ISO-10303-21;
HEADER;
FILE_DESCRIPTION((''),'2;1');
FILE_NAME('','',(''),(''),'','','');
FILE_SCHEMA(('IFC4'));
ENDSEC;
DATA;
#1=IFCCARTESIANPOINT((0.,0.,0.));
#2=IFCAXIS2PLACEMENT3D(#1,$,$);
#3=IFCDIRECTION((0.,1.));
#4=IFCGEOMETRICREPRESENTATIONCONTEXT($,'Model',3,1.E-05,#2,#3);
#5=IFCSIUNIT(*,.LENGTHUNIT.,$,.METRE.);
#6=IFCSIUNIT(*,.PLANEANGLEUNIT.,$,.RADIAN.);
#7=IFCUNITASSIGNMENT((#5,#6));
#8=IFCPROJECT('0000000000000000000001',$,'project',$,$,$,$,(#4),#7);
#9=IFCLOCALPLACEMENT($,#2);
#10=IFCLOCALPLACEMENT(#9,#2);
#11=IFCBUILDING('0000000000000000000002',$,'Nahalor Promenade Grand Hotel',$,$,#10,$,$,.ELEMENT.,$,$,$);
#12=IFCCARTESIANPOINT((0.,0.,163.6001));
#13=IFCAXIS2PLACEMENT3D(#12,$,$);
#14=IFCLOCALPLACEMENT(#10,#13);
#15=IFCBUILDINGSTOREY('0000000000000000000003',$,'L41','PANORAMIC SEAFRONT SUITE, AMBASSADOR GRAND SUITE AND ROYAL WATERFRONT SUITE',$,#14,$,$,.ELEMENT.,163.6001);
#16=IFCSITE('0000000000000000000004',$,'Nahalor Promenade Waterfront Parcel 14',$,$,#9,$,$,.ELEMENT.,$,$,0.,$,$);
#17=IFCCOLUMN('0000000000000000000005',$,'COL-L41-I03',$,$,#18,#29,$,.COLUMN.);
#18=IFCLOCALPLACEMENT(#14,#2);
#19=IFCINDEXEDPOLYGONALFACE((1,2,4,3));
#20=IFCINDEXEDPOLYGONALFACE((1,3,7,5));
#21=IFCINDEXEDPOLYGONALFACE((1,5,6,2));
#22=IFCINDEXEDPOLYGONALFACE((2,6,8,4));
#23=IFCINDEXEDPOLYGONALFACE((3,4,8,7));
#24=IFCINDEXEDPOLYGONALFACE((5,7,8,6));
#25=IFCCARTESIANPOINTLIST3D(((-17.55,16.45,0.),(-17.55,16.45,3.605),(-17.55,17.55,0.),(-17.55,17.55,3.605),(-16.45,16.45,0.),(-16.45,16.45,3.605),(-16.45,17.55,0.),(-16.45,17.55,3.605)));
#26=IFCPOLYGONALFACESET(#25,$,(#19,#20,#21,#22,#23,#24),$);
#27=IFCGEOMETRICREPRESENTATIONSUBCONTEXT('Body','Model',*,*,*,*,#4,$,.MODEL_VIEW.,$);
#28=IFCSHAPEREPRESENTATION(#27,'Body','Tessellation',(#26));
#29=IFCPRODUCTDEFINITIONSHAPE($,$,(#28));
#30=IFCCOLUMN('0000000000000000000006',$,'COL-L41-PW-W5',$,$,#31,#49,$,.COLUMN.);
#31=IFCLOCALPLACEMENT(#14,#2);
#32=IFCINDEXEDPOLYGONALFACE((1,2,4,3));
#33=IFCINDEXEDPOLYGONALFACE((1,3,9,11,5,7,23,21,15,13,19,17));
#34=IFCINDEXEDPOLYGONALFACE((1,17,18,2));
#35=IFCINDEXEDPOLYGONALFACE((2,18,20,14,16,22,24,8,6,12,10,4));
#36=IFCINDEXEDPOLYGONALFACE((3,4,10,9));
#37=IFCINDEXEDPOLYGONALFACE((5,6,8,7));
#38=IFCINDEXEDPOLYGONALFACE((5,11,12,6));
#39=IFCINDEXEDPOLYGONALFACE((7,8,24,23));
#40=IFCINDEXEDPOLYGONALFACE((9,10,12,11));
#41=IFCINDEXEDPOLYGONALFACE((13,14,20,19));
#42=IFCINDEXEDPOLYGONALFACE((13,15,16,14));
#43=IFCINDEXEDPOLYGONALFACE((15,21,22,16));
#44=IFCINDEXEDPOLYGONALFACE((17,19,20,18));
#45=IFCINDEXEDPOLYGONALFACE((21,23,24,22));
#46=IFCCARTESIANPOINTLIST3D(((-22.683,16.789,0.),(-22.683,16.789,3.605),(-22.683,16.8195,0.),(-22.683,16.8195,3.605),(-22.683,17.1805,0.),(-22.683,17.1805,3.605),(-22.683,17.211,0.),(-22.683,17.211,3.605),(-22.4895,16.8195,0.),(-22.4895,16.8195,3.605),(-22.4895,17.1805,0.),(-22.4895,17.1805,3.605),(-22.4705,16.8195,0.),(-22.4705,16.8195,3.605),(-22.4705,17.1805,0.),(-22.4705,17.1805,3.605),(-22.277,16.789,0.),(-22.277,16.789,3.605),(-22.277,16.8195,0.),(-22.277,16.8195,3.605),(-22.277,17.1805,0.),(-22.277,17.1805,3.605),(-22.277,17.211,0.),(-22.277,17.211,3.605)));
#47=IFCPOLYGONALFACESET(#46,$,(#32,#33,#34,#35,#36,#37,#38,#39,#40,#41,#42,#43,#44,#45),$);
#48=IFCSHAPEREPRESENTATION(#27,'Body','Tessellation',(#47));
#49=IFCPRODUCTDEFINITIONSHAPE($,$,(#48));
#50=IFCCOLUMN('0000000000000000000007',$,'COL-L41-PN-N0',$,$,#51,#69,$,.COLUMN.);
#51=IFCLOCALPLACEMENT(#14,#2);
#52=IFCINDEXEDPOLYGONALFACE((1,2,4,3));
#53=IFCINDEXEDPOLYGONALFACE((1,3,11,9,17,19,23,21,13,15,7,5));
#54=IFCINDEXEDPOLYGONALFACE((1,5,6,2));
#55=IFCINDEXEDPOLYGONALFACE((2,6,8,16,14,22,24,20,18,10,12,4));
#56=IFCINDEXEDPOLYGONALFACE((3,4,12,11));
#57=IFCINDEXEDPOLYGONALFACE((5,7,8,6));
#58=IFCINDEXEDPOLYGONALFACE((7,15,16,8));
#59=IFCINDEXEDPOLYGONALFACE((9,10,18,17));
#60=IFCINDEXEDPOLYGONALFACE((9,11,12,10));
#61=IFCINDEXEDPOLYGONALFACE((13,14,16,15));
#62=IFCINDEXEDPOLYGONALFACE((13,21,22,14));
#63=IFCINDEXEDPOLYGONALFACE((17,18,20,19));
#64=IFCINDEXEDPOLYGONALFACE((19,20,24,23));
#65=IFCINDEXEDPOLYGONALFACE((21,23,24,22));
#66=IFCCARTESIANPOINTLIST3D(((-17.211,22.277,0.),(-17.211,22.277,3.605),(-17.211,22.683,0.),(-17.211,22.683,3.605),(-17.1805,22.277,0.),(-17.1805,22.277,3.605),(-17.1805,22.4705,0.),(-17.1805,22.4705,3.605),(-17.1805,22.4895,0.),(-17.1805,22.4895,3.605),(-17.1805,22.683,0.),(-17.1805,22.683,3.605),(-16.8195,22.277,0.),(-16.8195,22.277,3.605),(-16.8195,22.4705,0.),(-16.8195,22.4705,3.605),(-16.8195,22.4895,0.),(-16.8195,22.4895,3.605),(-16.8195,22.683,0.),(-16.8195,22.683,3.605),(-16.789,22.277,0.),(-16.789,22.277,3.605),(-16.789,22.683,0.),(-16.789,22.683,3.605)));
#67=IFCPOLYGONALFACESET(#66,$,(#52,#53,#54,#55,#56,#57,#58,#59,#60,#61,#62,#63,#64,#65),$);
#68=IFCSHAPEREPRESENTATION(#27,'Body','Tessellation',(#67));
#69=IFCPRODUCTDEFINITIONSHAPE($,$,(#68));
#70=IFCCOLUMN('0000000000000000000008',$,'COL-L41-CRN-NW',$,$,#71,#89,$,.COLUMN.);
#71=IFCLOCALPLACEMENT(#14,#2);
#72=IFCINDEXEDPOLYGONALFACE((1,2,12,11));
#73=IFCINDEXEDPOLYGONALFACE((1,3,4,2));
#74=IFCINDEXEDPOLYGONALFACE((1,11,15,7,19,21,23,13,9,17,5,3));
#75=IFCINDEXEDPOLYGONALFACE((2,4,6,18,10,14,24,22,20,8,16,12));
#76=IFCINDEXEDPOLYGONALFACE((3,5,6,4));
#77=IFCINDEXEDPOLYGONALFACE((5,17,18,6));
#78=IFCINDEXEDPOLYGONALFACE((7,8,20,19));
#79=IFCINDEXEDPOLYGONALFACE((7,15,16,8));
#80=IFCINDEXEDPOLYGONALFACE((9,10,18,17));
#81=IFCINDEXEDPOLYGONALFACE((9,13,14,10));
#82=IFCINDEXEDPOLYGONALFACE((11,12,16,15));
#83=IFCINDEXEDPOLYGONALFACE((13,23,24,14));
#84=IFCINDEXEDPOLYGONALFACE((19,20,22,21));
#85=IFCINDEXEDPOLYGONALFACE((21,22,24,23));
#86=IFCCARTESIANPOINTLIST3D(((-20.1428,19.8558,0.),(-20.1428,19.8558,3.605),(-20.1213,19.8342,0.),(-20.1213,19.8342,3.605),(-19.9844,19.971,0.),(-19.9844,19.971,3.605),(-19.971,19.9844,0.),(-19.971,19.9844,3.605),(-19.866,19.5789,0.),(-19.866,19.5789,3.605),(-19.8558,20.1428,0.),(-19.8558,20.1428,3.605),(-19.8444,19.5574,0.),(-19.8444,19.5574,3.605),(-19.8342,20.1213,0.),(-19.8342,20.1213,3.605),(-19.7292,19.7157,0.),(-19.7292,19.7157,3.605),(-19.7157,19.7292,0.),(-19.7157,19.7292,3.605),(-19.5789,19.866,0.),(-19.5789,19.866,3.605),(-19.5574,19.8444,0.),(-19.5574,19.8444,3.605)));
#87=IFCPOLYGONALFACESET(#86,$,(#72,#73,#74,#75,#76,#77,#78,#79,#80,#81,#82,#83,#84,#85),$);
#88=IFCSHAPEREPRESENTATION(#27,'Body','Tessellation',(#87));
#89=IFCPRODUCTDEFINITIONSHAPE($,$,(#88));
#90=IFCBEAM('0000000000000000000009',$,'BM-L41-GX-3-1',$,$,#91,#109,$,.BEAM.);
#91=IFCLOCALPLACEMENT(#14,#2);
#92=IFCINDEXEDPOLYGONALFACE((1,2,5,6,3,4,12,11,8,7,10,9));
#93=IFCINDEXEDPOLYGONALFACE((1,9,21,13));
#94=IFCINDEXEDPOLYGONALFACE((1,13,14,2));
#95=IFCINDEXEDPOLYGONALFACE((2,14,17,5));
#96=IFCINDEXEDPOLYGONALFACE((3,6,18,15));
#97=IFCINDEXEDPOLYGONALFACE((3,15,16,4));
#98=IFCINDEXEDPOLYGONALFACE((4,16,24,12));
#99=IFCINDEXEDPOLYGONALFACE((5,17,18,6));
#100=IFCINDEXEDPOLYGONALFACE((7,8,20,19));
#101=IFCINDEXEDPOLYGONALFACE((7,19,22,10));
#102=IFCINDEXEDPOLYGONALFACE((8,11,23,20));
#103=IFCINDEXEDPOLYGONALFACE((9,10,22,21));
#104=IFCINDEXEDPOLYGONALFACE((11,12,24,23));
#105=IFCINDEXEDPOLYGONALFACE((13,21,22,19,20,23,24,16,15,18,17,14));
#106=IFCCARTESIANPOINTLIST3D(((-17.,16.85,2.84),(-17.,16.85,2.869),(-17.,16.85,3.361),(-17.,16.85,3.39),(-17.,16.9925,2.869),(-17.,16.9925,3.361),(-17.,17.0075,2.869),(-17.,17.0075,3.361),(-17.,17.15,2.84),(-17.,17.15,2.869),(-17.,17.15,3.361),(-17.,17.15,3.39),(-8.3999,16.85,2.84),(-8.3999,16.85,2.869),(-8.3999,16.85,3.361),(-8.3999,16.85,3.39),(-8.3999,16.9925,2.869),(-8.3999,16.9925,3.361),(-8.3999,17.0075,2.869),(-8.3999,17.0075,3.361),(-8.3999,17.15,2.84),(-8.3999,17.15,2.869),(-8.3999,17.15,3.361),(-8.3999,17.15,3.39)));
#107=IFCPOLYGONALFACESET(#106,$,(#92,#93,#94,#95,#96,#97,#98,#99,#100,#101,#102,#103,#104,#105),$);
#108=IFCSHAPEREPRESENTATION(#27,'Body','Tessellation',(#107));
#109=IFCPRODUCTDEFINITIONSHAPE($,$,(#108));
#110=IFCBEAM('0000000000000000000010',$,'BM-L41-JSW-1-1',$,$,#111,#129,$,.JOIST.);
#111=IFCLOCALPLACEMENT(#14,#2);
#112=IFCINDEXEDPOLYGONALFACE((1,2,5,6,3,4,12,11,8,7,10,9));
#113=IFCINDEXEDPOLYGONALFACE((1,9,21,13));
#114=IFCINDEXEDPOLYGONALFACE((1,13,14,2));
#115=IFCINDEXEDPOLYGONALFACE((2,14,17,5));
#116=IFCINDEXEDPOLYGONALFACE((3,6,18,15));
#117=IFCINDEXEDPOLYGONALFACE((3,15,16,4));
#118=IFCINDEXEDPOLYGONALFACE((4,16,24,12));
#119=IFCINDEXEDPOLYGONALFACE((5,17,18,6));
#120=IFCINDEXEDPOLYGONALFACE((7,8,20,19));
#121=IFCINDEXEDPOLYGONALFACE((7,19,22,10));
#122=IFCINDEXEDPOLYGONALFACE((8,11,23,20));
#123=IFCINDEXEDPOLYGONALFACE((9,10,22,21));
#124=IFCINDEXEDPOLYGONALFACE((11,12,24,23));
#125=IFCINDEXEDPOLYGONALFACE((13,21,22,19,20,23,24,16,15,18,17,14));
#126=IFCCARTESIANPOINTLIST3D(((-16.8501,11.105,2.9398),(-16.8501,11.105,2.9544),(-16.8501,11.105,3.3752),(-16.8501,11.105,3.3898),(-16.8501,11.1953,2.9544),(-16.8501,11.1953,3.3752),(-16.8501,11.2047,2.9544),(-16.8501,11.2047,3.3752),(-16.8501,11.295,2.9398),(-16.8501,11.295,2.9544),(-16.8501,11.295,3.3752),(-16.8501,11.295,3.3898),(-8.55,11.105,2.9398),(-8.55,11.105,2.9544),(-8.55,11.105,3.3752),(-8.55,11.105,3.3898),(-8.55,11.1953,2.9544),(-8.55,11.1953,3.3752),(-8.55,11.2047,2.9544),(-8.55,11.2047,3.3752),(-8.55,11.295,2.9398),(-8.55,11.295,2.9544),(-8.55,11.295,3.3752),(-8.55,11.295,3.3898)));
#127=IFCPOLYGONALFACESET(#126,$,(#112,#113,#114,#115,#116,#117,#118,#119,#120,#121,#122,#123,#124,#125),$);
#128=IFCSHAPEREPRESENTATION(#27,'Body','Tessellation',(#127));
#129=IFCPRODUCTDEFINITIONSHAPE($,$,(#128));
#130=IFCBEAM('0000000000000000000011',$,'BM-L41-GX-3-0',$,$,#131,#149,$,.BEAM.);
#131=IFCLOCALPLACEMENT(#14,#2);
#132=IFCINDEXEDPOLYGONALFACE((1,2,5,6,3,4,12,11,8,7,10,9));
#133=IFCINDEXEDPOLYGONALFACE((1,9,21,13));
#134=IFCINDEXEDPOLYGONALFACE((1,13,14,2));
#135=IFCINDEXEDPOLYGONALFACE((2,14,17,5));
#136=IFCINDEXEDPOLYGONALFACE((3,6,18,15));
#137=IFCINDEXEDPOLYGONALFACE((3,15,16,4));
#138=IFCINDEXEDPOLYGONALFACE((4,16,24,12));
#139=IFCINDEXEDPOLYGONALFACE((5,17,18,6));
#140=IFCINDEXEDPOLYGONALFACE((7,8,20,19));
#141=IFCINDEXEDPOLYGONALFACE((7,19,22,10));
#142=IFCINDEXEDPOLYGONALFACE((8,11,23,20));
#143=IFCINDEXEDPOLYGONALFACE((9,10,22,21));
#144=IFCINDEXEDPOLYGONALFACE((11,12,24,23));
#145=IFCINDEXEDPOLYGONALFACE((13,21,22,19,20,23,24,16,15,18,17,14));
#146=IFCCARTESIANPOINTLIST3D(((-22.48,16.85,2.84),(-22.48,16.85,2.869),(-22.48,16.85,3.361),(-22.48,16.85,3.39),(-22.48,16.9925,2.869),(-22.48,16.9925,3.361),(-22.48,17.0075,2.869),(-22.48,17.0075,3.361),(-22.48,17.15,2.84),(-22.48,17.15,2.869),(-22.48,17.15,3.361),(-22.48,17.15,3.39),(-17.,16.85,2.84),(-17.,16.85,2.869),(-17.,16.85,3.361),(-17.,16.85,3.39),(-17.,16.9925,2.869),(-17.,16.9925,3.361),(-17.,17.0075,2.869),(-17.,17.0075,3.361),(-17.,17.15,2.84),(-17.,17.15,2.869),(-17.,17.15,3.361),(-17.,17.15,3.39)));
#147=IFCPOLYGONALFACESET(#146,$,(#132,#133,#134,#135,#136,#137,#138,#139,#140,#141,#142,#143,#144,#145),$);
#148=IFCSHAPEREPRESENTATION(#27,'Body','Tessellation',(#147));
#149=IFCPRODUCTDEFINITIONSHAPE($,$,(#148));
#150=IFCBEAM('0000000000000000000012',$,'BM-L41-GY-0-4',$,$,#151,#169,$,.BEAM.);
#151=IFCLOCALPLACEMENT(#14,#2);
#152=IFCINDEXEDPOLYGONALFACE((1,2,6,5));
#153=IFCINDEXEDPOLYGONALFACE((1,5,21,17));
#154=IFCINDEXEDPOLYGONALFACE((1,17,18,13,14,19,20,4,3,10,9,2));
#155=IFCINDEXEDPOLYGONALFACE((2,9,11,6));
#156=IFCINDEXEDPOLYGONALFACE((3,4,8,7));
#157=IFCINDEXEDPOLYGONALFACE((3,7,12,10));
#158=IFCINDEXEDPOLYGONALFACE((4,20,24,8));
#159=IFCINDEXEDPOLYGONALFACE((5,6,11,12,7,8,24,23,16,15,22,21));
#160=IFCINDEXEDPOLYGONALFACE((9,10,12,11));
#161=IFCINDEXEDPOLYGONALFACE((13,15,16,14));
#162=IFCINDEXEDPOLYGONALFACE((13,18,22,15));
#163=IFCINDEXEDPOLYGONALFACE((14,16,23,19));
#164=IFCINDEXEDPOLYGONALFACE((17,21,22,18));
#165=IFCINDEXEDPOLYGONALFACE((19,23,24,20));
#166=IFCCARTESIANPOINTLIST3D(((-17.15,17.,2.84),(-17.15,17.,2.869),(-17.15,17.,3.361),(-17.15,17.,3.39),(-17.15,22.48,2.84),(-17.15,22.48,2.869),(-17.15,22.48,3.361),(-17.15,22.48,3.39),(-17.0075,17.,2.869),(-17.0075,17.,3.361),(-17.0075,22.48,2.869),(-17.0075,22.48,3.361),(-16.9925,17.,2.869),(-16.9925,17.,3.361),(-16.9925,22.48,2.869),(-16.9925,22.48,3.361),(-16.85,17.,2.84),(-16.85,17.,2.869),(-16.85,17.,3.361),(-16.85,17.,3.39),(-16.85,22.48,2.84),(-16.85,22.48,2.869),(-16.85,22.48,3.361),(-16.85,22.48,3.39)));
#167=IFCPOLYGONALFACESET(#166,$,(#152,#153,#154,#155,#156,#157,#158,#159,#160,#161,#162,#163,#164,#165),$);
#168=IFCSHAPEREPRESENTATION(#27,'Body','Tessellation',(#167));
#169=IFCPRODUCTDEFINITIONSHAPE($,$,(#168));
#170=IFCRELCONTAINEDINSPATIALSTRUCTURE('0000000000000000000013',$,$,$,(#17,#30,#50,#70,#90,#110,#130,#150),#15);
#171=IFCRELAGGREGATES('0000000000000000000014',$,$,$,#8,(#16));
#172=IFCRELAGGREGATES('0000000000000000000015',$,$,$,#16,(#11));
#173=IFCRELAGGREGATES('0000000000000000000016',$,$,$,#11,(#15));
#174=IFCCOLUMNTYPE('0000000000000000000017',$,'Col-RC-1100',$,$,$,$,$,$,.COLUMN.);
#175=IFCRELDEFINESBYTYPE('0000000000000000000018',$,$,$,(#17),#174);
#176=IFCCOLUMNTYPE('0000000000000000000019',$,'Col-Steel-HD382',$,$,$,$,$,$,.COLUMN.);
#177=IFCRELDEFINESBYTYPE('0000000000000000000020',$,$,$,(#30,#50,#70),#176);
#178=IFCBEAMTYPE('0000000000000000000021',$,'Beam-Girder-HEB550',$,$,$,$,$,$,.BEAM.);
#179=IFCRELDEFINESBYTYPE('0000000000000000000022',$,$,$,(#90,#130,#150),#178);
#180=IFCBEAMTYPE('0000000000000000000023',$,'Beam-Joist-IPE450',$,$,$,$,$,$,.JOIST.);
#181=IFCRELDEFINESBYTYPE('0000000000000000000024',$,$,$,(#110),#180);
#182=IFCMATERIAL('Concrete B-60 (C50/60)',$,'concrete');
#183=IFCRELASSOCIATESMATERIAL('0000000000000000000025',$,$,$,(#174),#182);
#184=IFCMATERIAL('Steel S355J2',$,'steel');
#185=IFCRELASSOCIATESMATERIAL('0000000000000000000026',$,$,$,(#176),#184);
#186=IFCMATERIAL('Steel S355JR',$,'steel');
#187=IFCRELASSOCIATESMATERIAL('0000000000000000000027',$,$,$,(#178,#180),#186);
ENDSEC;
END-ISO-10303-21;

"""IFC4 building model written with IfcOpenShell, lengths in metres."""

from ifc_helpers import new_model, si_unit, direction, frame, origin, origin_2d, place, context, subcontext, project, spatial, rectangle, i_section, extrude, source, transform, mapped, material, material_profile, profile_set, type_object, element, save


model = new_model("IFC4")

# Units and contexts
model_context = context("Model", 3, precision=1e-05, world=origin(), true_north=direction((0.0, 1.0)))
body_context = subcontext(model_context, "Body", "Model", "MODEL_VIEW")
ifc_project = project(units=[si_unit("LENGTHUNIT", "METRE"), si_unit("PLANEANGLEUNIT", "RADIAN")], contexts=[model_context])

# Site, building, storey
site_placement = place(None, origin())
site = spatial("IfcSite", under=ifc_project, at=site_placement, Name="Nahalor Promenade Waterfront Parcel 14", CompositionType="ELEMENT", RefElevation=0.0)
building_placement = place(site_placement, origin())
building = spatial("IfcBuilding", under=site, at=building_placement, Name="Nahalor Promenade Grand Hotel", CompositionType="ELEMENT")
storey_placement = place(building_placement, frame((0.0, 0.0, 163.6001)))
storey = spatial("IfcBuildingStorey", under=building, at=storey_placement, Name="L41", Description="PANORAMIC SEAFRONT SUITE, AMBASSADOR GRAND SUITE AND ROYAL WATERFRONT SUITE", CompositionType="ELEMENT", Elevation=163.6001)

# Columns
ifc_material_1 = material(Name="Concrete B-60 (C50/60)", Category="concrete")
ifc_material_profile_1 = material_profile(ifc_material_1, rectangle(XDim=1.1, YDim=1.1, at=origin_2d()), Name="RC 1100x1100")
ifc_profile_set_1 = profile_set([ifc_material_profile_1], Name="Concrete B-60 (C50/60)")
column_type_1 = type_object("IfcColumnType", Name="Col-RC-1100", PredefinedType="COLUMN", material=ifc_profile_set_1)
shared_shape_1 = source(origin(), body_context, "Body", "SweptSolid", [
    extrude(rectangle(XDim=1.1, YDim=1.1, at=origin_2d()), origin(), (0.0, 0.0, 1.0), 3.605),
])
column_placement = place(storey_placement, frame((-17.0, 17.0, 0.0), z_axis=(0.0, 0.0, 1.0), x_axis=(1.0, 0.0, 0.0)))
element("IfcColumn", 1, at=column_placement, inside=storey, type_object=column_type_1, Name="COL-L41-I03", PredefinedType="COLUMN", context=body_context, shape_type="MappedRepresentation", body=[
    mapped(shared_shape_1, transform((0.0, 0.0, 0.0), scale=1.0)),
])
ifc_material_2 = material(Name="Steel S355J2", Category="steel")
ifc_material_profile_2 = material_profile(ifc_material_2, i_section(OverallWidth=0.406, OverallDepth=0.422, WebThickness=0.019, FlangeThickness=0.0305, at=origin_2d()), Name="HD 400x382")
ifc_profile_set_2 = profile_set([ifc_material_profile_2], Name="Steel S355J2")
column_type_2 = type_object("IfcColumnType", Name="Col-Steel-HD382", PredefinedType="COLUMN", material=ifc_profile_set_2)
shared_shape_2 = source(origin(), body_context, "Body", "SweptSolid", [
    extrude(i_section(OverallWidth=0.406, OverallDepth=0.422, WebThickness=0.019, FlangeThickness=0.0305, at=origin_2d()), origin(), (0.0, 0.0, 1.0), 3.605),
])
for number, where, z_axis, x_axis, name in (
    (2, (-22.48, 17.0, 0.0), (0.0, 0.0, 1.0), (1.0, 0.0, 0.0), "COL-L41-PW-W5"),
    (3, (-17.0, 22.48, 0.0), (0.0, 0.0, 1.0), (0.0, 1.0, 0.0), "COL-L41-PN-N0"),
    (4, (-19.8501, 19.8501, 0.0), (0.0, 0.0, 1.0), (0.707107, 0.707107, 0.0), "COL-L41-CRN-NW"),
):
    element("IfcColumn", number, at=place(storey_placement, frame(where, z_axis=z_axis, x_axis=x_axis)), inside=storey, type_object=column_type_2, Name=name, PredefinedType="COLUMN", context=body_context, shape_type="MappedRepresentation", body=[
        mapped(shared_shape_2, transform((0.0, 0.0, 0.0), scale=1.0)),
    ])

# Beams
ifc_material_3 = material(Name="Steel S355JR", Category="steel")
ifc_material_profile_3 = material_profile(ifc_material_3, i_section(OverallWidth=0.3, OverallDepth=0.55, WebThickness=0.015, FlangeThickness=0.029, at=origin_2d()), Name="HEB 550")
ifc_profile_set_3 = profile_set([ifc_material_profile_3], Name="Steel S355JR")
beam_type_1 = type_object("IfcBeamType", Name="Beam-Girder-HEB550", PredefinedType="BEAM", material=ifc_profile_set_3)
shared_shape_3 = source(origin(), body_context, "Body", "SweptSolid", [
    extrude(i_section(OverallWidth=0.3, OverallDepth=0.55, WebThickness=0.015, FlangeThickness=0.029, at=origin_2d()), origin(), (0.0, 0.0, 1.0), 8.6001),
])
beam_1_placement = place(storey_placement, frame((-17.0, 17.0, 3.115), z_axis=(1.0, 0.0, 0.0), x_axis=(0.0, 1.0, 0.0)))
element("IfcBeam", 5, at=beam_1_placement, inside=storey, type_object=beam_type_1, Name="BM-L41-GX-3-1", PredefinedType="BEAM", context=body_context, shape_type="MappedRepresentation", body=[
    mapped(shared_shape_3, transform((0.0, 0.0, 0.0), scale=1.0)),
])
ifc_material_profile_4 = material_profile(ifc_material_3, i_section(OverallWidth=0.19, OverallDepth=0.45, WebThickness=0.0094, FlangeThickness=0.0146, at=origin_2d()), Name="IPE 450")
ifc_profile_set_4 = profile_set([ifc_material_profile_4], Name="Steel S355JR")
beam_type_2 = type_object("IfcBeamType", Name="Beam-Joist-IPE450", PredefinedType="JOIST", material=ifc_profile_set_4)
shared_shape_4 = source(origin(), body_context, "Body", "SweptSolid", [
    extrude(i_section(OverallWidth=0.19, OverallDepth=0.45, WebThickness=0.0094, FlangeThickness=0.0146, at=origin_2d()), origin(), (0.0, 0.0, 1.0), 8.3),
])
beam_2_placement = place(storey_placement, frame((-16.8501, 11.2, 3.1648), z_axis=(1.0, 0.0, 0.0), x_axis=(0.0, 1.0, 0.0)))
element("IfcBeam", 6, at=beam_2_placement, inside=storey, type_object=beam_type_2, Name="BM-L41-JSW-1-1", PredefinedType="JOIST", context=body_context, shape_type="MappedRepresentation", body=[
    mapped(shared_shape_4, transform((0.0, 0.0, 0.0), scale=1.0)),
])
shared_shape_5 = source(origin(), body_context, "Body", "SweptSolid", [
    extrude(i_section(OverallWidth=0.3, OverallDepth=0.55, WebThickness=0.015, FlangeThickness=0.029, at=origin_2d()), origin(), (0.0, 0.0, 1.0), 5.48),
])
for number, where, z_axis, x_axis, name in (
    (7, (-22.48, 17.0, 3.115), (1.0, 0.0, 0.0), (0.0, 1.0, 0.0), "BM-L41-GX-3-0"),
    (8, (-17.0, 17.0, 3.115), (0.0, 1.0, 0.0), (-1.0, 0.0, 0.0), "BM-L41-GY-0-4"),
):
    element("IfcBeam", number, at=place(storey_placement, frame(where, z_axis=z_axis, x_axis=x_axis)), inside=storey, type_object=beam_type_1, Name=name, PredefinedType="BEAM", context=body_context, shape_type="MappedRepresentation", body=[
        mapped(shared_shape_5, transform((0.0, 0.0, 0.0), scale=1.0)),
    ])

save(model, "model.ifc")
